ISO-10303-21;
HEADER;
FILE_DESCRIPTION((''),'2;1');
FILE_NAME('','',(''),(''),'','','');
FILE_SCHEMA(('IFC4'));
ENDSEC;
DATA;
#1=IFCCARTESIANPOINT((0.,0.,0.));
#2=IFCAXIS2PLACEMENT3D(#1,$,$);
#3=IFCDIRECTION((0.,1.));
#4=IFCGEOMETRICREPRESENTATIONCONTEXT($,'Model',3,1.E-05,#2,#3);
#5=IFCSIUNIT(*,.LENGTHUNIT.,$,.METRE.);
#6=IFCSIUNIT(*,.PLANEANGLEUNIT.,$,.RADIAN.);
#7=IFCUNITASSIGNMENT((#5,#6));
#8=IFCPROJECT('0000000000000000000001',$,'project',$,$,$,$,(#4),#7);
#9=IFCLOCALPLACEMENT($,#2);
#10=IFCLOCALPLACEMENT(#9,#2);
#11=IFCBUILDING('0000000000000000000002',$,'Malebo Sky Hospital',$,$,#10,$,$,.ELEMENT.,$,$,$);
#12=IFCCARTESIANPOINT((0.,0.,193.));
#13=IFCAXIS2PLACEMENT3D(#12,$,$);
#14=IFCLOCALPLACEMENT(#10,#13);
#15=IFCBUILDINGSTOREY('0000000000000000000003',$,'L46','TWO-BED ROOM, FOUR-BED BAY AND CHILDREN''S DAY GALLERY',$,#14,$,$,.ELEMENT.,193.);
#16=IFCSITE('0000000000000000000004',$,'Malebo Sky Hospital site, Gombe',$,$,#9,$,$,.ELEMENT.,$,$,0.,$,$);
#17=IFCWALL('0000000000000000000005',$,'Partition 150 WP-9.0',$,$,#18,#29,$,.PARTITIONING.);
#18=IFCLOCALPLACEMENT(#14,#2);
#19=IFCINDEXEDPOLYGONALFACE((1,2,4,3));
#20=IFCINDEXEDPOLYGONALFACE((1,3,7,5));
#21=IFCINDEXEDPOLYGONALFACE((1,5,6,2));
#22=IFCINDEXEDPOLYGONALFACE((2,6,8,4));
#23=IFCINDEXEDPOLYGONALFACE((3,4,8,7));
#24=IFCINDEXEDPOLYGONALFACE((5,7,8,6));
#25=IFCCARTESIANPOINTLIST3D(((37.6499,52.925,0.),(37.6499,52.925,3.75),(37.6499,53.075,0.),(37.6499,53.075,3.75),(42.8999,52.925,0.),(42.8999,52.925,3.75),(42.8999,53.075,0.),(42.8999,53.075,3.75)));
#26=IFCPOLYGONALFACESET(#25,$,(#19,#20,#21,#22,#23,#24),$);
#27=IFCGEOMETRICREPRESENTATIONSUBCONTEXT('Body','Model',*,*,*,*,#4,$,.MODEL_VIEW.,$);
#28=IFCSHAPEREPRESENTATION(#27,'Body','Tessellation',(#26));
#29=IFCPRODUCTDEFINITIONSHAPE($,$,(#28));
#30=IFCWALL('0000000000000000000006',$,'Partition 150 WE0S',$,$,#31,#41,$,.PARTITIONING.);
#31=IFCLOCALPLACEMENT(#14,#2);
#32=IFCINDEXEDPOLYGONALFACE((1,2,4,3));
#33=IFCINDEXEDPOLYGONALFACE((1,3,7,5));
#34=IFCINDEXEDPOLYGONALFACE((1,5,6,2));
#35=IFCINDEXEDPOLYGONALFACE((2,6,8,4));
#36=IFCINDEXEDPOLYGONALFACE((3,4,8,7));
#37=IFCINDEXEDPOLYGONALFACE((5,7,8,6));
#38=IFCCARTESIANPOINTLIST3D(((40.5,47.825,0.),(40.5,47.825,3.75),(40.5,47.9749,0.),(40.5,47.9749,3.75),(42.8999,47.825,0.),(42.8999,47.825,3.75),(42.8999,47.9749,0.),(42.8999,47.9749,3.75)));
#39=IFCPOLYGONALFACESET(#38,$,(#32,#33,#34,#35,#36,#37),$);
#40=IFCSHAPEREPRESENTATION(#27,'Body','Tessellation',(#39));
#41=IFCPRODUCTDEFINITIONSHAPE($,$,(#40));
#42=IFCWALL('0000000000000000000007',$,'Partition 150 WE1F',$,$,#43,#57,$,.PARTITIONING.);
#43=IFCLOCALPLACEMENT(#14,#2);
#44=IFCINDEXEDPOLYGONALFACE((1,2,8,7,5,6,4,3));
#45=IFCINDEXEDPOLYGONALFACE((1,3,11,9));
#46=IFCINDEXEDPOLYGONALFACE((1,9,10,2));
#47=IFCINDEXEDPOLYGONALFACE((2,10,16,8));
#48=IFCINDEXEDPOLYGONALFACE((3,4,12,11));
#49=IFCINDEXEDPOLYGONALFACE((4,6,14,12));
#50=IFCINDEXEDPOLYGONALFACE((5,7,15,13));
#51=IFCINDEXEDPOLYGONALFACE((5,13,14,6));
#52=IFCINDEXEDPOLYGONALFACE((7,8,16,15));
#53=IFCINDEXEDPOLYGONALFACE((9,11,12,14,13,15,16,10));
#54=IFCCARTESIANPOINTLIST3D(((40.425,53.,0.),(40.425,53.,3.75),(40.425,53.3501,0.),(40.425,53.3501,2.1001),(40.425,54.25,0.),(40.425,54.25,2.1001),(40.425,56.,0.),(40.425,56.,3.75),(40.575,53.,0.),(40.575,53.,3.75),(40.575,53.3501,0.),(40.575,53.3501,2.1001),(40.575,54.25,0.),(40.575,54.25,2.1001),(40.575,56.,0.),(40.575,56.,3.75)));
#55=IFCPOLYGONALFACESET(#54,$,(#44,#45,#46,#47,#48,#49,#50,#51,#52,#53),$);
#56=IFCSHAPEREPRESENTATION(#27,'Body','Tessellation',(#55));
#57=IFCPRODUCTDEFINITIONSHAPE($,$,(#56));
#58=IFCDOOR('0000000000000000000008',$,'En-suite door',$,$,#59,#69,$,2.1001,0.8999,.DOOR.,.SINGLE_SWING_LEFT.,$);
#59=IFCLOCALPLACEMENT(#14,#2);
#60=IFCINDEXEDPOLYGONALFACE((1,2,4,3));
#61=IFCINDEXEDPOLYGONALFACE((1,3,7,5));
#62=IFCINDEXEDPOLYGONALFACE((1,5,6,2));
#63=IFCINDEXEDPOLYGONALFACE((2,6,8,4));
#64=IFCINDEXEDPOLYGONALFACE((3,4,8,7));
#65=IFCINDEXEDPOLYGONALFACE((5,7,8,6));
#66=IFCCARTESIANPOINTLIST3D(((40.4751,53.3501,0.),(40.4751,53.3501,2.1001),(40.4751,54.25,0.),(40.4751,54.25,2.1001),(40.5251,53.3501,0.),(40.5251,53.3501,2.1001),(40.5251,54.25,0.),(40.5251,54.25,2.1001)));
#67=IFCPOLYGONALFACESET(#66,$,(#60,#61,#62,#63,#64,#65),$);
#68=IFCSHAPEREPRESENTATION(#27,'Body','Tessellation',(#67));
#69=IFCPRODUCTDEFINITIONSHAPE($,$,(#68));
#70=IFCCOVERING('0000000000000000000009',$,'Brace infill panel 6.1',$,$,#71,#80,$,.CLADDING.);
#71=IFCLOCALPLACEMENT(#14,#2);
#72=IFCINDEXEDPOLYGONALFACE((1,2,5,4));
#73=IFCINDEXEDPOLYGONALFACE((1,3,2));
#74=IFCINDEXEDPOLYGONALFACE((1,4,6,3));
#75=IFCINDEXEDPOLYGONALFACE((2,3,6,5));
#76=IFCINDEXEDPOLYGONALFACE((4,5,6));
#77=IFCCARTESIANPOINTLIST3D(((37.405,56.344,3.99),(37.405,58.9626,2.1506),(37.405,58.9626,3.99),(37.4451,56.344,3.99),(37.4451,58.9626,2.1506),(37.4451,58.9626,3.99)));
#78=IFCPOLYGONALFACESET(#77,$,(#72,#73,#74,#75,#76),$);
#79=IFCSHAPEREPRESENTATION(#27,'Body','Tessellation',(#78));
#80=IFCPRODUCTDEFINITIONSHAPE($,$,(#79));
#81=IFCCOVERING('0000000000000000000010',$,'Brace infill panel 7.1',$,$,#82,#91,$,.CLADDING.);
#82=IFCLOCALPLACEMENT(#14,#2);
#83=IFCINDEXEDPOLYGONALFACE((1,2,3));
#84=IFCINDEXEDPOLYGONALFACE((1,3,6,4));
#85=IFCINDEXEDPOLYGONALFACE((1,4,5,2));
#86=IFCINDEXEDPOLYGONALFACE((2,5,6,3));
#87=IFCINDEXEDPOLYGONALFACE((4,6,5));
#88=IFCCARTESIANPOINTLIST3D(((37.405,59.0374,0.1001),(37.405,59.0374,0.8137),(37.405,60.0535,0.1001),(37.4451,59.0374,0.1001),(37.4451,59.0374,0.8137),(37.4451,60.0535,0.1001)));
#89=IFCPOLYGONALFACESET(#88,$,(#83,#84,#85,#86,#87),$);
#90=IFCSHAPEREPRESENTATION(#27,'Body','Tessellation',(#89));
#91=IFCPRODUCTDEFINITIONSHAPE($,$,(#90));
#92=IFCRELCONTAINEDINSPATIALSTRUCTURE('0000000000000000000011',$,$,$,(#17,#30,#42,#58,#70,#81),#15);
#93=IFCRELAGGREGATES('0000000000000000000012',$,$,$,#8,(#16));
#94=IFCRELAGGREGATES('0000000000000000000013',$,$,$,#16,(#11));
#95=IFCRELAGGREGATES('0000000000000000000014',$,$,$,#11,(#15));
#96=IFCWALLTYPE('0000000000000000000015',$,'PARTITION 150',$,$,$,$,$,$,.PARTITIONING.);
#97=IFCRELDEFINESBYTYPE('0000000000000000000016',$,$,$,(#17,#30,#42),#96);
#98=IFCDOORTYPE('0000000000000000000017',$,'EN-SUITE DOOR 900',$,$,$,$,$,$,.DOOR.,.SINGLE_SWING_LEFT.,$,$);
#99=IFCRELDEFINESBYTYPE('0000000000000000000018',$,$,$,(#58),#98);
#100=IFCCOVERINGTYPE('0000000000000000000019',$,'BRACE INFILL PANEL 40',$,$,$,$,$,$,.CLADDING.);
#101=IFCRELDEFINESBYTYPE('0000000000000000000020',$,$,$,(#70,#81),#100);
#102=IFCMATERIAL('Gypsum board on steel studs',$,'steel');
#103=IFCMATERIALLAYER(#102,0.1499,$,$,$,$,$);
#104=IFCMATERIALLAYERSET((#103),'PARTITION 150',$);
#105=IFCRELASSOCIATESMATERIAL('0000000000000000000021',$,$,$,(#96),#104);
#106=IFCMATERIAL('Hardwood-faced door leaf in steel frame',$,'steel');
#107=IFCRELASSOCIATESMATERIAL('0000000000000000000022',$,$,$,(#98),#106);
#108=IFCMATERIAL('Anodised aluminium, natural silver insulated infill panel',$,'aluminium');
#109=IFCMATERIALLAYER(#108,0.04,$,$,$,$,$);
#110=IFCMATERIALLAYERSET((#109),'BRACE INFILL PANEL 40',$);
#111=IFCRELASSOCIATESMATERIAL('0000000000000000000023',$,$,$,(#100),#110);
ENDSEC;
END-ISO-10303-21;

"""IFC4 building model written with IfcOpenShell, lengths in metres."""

from ifc_helpers import new_model, si_unit, direction, frame, frame_2d, origin, place, context, subcontext, project, spatial, polyline, rectangle, outline, extrude, material, layer, layer_set, type_object, element, fill, save


model = new_model("IFC4")

# Units and contexts
model_context = context("Model", 3, precision=1e-05, world=origin(), true_north=direction((0.0, 1.0)))
body_context = subcontext(model_context, "Body", "Model", "MODEL_VIEW")
ifc_project = project(units=[si_unit("LENGTHUNIT", "METRE"), si_unit("PLANEANGLEUNIT", "RADIAN")], contexts=[model_context])

# Site, building, storey
site_placement = place(None, origin())
site = spatial("IfcSite", under=ifc_project, at=site_placement, Name="Malebo Sky Hospital site, Gombe", CompositionType="ELEMENT", RefElevation=0.0)
building_placement = place(site_placement, origin())
building = spatial("IfcBuilding", under=site, at=building_placement, Name="Malebo Sky Hospital", CompositionType="ELEMENT")
storey_placement = place(building_placement, frame((0.0, 0.0, 193.0)))
storey = spatial("IfcBuildingStorey", under=building, at=storey_placement, Name="L46", Description="TWO-BED ROOM, FOUR-BED BAY AND CHILDREN'S DAY GALLERY", CompositionType="ELEMENT", Elevation=193.0)

# Walls
ifc_material_1 = material(Name="Gypsum board on steel studs", Category="steel")
ifc_layer_1 = layer(ifc_material_1, 0.1499)
ifc_layer_set_1 = layer_set([ifc_layer_1], Name="PARTITION 150")
wall_type = type_object("IfcWallType", Name="PARTITION 150", PredefinedType="PARTITIONING", material=ifc_layer_set_1)
wall_1_placement = place(storey_placement, frame((42.8999, 53.0, 0.0), z_axis=(0.0, 0.0, 1.0), x_axis=(-1.0, 0.0, 0.0)))
element("IfcWall", 1, at=wall_1_placement, inside=storey, type_object=wall_type, Name="Partition 150 WP-9.0", PredefinedType="PARTITIONING", context=body_context, shape_type="SweptSolid", body=[
    extrude(rectangle(XDim=5.25, YDim=0.1499, at=frame_2d((2.625, 0.0))), origin(), (0.0, 0.0, 1.0), 3.75),
])
wall_2_placement = place(storey_placement, frame((42.8999, 47.8999, 0.0), z_axis=(0.0, 0.0, 1.0), x_axis=(-1.0, 0.0, 0.0)))
element("IfcWall", 2, at=wall_2_placement, inside=storey, type_object=wall_type, Name="Partition 150 WE0S", PredefinedType="PARTITIONING", context=body_context, shape_type="SweptSolid", body=[
    extrude(rectangle(XDim=2.3999, YDim=0.1499, at=frame_2d((1.2, 0.0))), origin(), (0.0, 0.0, 1.0), 3.75),
])

# Wall, opening, door
wall_3_placement = place(storey_placement, frame((40.5, 53.0, 0.0), z_axis=(0.0, 0.0, 1.0), x_axis=(0.0, 1.0, 0.0)))
wall_3 = element("IfcWall", 3, at=wall_3_placement, inside=storey, type_object=wall_type, Name="Partition 150 WE1F", PredefinedType="PARTITIONING", context=body_context, shape_type="SweptSolid", body=[
    extrude(rectangle(XDim=3.0, YDim=0.1499, at=frame_2d((1.5, 0.0))), origin(), (0.0, 0.0, 1.0), 3.75),
])
opening_placement = place(wall_3_placement, frame((0.3501, 0.0, 0.0)))
opening = element("IfcOpeningElement", 4, at=opening_placement, cuts=wall_3, PredefinedType="OPENING", context=body_context, shape_type="SweptSolid", body=[
    extrude(rectangle(XDim=0.8999, YDim=2.1001, at=frame_2d((0.45, 1.05))), frame((0.0, 0.085, 0.0), z_axis=(0.0, -1.0, 0.0), x_axis=(1.0, 0.0, 0.0)), (0.0, 0.0, 1.0), 0.1699),
])
ifc_material_2 = material(Name="Hardwood-faced door leaf in steel frame", Category="steel")
door_type = type_object("IfcDoorType", Name="EN-SUITE DOOR 900", OperationType="SINGLE_SWING_LEFT", PredefinedType="DOOR", material=ifc_material_2)
door_placement = place(opening_placement, origin())
door = element("IfcDoor", 5, at=door_placement, inside=storey, type_object=door_type, Name="En-suite door", OperationType="SINGLE_SWING_LEFT", OverallHeight=2.1001, OverallWidth=0.8999, PredefinedType="DOOR", context=body_context, shape_type="SweptSolid", body=[
    extrude(rectangle(XDim=0.8999, YDim=2.1001, at=frame_2d((0.45, 1.05))), frame((0.0, 0.0249, 0.0), z_axis=(0.0, -1.0, 0.0), x_axis=(1.0, 0.0, 0.0)), (0.0, 0.0, 1.0), 0.05),
])
fill(opening, door)

# Coverings
ifc_material_3 = material(Name="Anodised aluminium, natural silver insulated infill panel", Category="aluminium")
ifc_layer_2 = layer(ifc_material_3, 0.04)
ifc_layer_set_2 = layer_set([ifc_layer_2], Name="BRACE INFILL PANEL 40")
covering_type = type_object("IfcCoveringType", Name="BRACE INFILL PANEL 40", PredefinedType="CLADDING", material=ifc_layer_set_2)
covering_1_placement = place(storey_placement, frame((37.425, 57.6533, 2.1506), z_axis=(0.0, 0.0, 1.0), x_axis=(0.0, 1.0, 0.0)))
element("IfcCovering", 6, at=covering_1_placement, inside=storey, type_object=covering_type, Name="Brace infill panel 6.1", PredefinedType="CLADDING", context=body_context, shape_type="SweptSolid", body=[
    extrude(outline(polyline([(1.3093, 0.0), (1.3093, 1.8394), (-1.3093, 1.8394), (1.3093, 0.0)])), frame((0.0, 0.02, 0.0), z_axis=(0.0, -1.0, 0.0), x_axis=(1.0, 0.0, 0.0)), (0.0, 0.0, 1.0), 0.04),
])
covering_2_placement = place(storey_placement, frame((37.425, 59.5454, 0.1001), z_axis=(0.0, 0.0, 1.0), x_axis=(0.0, 1.0, 0.0)))
element("IfcCovering", 7, at=covering_2_placement, inside=storey, type_object=covering_type, Name="Brace infill panel 7.1", PredefinedType="CLADDING", context=body_context, shape_type="SweptSolid", body=[
    extrude(outline(polyline([(-0.5081, 0.0), (0.5081, 0.0), (-0.5081, 0.7136), (-0.5081, 0.0)])), frame((0.0, 0.02, 0.0), z_axis=(0.0, -1.0, 0.0), x_axis=(1.0, 0.0, 0.0)), (0.0, 0.0, 1.0), 0.04),
])

save(model, "model.ifc")
